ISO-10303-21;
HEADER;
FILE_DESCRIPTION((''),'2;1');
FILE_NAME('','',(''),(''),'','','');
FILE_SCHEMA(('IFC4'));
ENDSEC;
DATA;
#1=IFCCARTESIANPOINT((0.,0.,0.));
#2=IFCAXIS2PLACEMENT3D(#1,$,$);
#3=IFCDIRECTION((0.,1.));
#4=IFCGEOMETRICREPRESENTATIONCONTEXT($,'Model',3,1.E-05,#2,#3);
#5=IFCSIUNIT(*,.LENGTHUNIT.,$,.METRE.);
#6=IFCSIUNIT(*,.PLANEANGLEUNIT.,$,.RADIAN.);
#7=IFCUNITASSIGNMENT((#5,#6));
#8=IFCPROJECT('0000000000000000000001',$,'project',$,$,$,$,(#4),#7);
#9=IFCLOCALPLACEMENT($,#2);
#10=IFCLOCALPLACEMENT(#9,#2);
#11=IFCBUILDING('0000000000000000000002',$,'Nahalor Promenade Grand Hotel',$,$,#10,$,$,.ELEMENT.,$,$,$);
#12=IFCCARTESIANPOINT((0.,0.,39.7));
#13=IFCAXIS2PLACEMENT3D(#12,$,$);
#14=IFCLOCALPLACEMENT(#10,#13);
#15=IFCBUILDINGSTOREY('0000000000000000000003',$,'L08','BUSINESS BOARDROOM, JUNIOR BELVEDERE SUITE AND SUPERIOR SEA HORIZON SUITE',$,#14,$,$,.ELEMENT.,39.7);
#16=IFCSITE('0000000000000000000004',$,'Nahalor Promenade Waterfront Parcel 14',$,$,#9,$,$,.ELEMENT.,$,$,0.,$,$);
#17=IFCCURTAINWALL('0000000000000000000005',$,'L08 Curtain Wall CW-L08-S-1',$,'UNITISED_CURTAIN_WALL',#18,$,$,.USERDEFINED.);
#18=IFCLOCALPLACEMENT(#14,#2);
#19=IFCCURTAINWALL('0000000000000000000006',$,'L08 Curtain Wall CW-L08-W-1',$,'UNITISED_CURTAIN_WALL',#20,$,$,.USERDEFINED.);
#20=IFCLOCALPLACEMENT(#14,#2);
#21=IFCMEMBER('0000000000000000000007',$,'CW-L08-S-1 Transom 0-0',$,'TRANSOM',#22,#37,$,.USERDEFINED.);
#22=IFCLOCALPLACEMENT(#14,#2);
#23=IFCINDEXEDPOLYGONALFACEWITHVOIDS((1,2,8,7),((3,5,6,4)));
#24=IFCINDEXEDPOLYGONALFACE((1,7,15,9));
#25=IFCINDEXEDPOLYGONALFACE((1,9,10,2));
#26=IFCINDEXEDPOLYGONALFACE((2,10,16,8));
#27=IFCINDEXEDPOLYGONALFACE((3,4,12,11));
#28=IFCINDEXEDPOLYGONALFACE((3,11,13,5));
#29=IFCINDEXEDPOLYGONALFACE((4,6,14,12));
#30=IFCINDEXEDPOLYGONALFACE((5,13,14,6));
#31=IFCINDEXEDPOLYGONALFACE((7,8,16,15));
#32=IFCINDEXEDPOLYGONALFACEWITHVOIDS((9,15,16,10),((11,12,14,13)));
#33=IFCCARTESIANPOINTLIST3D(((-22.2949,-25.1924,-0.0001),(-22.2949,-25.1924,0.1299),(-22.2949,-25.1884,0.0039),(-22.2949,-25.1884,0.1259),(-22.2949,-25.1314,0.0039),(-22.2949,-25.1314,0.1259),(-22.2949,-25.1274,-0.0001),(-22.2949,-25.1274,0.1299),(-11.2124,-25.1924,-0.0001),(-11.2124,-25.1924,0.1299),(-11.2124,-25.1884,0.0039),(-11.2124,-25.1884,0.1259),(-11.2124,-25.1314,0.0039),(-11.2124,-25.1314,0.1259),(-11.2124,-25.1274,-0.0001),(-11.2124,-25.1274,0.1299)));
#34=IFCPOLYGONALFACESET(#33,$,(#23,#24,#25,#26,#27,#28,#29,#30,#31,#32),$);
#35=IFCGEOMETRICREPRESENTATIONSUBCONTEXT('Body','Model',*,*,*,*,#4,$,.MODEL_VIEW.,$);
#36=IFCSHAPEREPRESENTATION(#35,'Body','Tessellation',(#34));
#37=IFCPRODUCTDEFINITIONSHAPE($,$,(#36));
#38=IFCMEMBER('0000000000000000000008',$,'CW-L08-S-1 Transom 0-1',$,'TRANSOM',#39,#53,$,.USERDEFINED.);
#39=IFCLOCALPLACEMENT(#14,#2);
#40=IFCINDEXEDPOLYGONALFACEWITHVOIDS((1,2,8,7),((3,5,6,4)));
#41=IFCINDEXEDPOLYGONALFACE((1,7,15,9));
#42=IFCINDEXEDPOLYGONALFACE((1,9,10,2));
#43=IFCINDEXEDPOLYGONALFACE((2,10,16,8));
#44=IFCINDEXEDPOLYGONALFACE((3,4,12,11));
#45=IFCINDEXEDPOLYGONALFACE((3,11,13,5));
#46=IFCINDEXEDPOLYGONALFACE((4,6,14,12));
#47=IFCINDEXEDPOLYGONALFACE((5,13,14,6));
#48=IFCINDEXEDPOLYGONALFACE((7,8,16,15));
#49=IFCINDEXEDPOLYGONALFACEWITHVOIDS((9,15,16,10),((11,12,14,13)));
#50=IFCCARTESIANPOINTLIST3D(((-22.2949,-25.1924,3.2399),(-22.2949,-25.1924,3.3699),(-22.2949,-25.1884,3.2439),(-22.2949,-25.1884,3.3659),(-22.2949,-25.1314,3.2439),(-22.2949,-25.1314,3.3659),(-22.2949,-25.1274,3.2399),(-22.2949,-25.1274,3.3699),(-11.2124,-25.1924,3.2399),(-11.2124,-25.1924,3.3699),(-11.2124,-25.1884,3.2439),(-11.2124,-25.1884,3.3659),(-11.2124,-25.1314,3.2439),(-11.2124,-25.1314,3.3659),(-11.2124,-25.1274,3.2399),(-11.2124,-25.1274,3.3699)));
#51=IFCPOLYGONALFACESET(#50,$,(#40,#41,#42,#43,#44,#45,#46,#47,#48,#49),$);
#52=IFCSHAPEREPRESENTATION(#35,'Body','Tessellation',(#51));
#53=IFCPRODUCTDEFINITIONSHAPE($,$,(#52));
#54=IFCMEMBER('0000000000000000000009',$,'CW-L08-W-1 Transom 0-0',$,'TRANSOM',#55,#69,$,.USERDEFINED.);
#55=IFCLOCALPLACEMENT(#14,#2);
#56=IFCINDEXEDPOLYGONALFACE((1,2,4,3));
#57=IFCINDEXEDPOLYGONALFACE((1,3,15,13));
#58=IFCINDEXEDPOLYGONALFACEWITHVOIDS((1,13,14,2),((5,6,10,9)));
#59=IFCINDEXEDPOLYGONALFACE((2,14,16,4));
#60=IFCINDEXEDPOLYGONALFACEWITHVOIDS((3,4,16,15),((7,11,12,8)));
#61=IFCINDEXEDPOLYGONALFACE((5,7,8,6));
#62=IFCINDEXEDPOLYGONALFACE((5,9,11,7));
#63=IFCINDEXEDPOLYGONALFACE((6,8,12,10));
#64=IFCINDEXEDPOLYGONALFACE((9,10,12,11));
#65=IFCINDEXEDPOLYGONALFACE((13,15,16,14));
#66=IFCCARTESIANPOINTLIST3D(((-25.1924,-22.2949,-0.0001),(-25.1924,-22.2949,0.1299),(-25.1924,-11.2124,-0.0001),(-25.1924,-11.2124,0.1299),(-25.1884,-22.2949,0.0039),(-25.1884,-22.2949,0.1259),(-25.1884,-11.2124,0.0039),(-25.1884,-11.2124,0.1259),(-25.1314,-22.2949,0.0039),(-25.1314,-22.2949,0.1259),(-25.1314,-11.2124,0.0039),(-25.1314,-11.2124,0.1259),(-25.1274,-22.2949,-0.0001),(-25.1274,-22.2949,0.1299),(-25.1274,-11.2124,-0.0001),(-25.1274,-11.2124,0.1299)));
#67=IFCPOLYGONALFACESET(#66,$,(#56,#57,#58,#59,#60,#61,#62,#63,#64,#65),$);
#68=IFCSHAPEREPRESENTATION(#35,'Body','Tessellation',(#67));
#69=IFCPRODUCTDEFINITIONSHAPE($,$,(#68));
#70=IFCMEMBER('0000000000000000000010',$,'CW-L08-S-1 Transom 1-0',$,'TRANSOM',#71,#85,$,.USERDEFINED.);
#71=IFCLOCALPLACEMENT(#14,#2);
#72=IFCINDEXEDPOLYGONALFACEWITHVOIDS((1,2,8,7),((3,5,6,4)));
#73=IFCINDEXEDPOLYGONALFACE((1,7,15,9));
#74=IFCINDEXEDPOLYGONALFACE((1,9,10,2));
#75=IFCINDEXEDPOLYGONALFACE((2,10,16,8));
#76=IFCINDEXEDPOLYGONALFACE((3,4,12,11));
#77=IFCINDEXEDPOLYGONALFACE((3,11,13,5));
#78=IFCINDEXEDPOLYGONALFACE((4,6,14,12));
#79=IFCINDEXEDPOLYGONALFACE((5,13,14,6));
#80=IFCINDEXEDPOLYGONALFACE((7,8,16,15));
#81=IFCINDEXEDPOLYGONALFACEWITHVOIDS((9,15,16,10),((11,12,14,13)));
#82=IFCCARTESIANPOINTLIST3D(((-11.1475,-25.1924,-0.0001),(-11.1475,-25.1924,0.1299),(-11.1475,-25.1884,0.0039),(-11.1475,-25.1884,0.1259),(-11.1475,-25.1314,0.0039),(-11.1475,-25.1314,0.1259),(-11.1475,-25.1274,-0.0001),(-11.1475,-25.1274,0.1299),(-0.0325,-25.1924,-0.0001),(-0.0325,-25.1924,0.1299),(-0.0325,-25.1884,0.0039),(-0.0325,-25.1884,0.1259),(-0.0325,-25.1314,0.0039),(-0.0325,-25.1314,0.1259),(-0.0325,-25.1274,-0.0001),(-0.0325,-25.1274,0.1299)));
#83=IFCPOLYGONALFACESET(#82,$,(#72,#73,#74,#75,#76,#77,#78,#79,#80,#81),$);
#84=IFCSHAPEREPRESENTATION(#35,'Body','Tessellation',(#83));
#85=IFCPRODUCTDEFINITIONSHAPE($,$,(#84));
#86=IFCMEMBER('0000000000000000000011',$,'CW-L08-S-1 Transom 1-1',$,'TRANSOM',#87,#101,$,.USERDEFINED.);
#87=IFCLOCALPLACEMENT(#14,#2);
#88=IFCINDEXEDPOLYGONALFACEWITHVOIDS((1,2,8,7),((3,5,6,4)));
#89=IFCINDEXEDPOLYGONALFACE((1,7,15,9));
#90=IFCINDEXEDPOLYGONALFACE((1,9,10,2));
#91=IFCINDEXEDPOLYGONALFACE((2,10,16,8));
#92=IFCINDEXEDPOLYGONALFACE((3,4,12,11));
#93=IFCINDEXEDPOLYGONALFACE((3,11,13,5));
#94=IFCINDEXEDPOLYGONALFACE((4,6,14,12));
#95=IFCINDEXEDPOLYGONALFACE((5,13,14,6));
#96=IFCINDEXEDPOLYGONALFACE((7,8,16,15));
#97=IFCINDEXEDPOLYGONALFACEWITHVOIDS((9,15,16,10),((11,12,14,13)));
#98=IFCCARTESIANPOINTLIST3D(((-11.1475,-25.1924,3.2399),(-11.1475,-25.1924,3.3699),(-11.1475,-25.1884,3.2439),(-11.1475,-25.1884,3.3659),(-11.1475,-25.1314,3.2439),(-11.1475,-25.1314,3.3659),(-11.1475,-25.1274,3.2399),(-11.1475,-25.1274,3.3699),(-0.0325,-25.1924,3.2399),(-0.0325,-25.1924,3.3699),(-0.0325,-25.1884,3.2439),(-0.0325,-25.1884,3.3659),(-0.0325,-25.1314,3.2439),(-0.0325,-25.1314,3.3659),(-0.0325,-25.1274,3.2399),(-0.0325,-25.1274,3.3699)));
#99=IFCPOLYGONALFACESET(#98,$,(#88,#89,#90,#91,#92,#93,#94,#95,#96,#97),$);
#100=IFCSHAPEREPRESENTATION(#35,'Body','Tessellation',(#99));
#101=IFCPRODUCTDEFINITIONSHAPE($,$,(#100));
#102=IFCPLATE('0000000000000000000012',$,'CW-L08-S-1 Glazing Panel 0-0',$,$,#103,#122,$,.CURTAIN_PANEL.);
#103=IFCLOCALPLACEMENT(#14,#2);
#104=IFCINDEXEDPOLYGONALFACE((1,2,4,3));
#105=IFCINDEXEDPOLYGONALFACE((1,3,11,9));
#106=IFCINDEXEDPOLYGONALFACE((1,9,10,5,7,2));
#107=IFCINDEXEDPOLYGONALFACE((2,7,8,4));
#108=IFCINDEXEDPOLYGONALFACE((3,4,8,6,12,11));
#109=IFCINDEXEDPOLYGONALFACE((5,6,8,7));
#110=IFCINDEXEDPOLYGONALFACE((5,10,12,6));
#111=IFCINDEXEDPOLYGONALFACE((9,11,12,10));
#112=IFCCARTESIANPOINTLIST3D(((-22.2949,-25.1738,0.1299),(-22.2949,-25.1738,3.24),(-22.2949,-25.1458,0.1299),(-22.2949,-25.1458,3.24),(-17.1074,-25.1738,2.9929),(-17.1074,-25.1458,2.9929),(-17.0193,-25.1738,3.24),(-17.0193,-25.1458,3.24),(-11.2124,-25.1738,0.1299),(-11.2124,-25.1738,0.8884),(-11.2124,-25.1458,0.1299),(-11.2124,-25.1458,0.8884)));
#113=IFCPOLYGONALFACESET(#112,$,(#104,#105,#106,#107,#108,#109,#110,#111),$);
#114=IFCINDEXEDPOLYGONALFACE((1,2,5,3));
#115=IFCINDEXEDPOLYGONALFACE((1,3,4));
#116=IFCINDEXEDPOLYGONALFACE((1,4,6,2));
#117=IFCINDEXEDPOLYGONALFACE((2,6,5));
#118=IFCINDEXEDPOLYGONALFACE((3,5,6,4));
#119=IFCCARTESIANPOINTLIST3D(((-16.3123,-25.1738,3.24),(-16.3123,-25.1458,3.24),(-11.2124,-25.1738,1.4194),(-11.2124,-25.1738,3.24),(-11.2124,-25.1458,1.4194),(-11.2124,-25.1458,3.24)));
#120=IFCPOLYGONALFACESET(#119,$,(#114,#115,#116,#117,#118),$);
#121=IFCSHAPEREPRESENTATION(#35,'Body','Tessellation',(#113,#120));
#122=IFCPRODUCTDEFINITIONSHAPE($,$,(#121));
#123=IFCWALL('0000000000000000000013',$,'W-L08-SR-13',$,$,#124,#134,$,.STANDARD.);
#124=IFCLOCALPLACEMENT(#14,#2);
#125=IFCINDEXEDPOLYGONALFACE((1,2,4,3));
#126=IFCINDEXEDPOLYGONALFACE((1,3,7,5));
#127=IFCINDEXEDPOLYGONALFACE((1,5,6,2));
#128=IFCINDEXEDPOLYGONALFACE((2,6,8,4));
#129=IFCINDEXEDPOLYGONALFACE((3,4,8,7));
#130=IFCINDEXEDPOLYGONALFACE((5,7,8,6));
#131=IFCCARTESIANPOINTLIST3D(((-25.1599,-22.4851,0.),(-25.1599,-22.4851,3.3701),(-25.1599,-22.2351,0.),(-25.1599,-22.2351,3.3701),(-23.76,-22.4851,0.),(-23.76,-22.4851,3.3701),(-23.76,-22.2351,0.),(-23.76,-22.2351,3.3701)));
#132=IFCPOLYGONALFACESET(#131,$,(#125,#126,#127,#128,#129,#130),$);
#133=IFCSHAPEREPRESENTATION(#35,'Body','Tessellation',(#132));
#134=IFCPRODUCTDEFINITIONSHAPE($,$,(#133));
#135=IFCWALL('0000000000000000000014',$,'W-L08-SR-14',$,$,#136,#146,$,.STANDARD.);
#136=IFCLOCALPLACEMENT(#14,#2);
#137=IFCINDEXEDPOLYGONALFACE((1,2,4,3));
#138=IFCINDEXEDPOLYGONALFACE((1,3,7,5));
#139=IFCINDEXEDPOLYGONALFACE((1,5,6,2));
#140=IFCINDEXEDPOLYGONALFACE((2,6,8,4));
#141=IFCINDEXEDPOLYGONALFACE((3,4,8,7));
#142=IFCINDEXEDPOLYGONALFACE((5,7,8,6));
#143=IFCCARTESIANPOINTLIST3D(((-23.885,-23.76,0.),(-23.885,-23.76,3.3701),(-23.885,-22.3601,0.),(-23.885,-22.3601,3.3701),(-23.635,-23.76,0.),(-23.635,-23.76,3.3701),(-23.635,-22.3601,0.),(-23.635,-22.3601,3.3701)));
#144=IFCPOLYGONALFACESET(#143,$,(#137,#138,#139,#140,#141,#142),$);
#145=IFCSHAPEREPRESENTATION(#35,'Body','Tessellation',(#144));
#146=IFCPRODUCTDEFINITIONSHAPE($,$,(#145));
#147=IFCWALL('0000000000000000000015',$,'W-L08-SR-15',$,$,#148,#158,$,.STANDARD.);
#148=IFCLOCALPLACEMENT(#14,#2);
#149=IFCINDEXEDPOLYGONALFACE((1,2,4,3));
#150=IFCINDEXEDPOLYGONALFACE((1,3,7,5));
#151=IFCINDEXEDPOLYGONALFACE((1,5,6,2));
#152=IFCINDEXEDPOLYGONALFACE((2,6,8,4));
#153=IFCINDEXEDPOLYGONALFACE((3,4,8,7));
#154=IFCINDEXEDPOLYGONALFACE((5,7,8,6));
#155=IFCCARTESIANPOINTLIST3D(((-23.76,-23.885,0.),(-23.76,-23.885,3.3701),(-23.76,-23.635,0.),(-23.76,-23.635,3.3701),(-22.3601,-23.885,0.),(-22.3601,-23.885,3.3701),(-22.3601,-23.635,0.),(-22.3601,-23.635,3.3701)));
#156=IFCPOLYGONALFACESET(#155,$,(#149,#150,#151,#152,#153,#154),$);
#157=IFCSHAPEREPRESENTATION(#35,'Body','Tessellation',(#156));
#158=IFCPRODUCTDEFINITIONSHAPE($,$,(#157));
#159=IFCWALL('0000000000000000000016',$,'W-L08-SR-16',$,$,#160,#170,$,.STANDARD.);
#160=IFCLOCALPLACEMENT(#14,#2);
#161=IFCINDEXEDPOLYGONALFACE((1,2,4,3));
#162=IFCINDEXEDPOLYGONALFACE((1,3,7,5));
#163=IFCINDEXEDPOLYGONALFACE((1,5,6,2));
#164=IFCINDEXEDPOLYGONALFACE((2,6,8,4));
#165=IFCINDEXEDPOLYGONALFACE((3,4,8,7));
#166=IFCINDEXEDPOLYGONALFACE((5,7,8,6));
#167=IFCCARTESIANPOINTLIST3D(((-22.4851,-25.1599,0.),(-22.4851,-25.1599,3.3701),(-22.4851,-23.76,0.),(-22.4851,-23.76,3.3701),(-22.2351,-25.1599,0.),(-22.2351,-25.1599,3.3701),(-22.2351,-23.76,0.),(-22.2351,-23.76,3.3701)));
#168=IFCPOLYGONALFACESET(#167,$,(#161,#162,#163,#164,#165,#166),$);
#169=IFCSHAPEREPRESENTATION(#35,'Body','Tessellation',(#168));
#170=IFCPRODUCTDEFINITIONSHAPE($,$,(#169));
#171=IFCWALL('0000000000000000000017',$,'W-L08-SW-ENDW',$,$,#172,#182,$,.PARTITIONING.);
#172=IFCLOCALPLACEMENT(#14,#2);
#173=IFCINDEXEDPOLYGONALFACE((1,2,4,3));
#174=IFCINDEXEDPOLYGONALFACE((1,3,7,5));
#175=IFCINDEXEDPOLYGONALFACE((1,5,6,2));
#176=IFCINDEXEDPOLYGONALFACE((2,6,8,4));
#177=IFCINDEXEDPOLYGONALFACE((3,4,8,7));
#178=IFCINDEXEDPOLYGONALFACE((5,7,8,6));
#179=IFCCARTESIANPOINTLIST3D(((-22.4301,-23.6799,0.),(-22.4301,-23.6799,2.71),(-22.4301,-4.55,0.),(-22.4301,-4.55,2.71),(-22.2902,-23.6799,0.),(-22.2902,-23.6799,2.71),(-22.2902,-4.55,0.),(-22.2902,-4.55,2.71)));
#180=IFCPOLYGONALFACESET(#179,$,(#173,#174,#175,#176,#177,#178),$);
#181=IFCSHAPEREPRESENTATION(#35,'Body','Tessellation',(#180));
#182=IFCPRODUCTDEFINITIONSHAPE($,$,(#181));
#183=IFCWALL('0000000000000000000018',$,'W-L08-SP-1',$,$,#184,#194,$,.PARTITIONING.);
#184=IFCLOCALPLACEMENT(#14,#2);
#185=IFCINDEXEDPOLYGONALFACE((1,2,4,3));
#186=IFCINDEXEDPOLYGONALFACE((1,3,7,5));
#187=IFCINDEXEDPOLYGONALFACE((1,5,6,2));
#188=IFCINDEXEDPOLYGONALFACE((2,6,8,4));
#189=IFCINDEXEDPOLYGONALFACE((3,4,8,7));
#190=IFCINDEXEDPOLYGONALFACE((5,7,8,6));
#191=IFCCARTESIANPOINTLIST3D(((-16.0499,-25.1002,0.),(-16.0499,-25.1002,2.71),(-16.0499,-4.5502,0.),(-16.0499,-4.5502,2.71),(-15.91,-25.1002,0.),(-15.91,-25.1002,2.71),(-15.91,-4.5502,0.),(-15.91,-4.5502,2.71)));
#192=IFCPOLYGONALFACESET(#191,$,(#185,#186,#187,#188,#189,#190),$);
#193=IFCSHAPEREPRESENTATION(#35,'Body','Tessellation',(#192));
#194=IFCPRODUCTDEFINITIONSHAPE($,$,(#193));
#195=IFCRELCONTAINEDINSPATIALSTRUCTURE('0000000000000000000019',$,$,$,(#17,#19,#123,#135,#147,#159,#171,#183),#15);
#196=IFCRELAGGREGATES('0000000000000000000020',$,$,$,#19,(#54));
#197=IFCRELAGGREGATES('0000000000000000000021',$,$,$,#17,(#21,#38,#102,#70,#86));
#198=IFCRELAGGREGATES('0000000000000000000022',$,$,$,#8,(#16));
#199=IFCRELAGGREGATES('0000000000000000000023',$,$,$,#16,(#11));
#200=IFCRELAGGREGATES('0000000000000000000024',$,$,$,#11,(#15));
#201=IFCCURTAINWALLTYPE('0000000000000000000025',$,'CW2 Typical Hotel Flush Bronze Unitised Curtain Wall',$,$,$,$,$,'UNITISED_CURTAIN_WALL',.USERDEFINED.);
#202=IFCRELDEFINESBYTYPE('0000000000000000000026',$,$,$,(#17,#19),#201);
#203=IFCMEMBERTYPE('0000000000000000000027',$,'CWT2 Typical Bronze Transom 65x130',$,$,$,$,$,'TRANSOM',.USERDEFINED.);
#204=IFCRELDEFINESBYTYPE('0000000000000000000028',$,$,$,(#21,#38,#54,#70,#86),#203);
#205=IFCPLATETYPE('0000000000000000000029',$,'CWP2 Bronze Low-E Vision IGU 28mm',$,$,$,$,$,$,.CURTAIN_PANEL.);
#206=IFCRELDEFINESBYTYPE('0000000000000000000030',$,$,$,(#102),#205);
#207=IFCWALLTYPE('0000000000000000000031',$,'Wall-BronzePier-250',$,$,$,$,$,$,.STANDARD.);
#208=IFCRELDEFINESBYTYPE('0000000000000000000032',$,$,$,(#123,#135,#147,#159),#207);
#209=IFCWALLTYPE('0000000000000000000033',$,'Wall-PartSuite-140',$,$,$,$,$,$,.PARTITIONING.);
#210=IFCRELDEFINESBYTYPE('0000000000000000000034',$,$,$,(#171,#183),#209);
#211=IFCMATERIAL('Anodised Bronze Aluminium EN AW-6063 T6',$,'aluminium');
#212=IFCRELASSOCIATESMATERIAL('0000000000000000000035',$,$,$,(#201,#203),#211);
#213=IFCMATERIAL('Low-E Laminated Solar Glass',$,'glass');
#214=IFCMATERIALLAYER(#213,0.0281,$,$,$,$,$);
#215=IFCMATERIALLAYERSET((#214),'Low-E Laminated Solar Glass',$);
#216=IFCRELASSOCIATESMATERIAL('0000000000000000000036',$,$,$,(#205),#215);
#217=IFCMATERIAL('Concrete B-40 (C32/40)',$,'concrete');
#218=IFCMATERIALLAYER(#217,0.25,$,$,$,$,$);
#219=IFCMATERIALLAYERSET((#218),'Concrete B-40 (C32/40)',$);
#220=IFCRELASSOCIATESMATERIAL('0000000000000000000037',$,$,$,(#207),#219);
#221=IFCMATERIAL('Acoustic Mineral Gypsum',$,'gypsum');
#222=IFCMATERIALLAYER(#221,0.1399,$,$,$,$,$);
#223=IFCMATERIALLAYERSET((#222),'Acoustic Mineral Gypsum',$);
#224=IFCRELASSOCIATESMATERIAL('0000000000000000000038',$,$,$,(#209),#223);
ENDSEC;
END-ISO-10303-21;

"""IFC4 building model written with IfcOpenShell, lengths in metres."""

from ifc_helpers import new_model, si_unit, direction, frame, frame_2d, origin, origin_2d, place, context, subcontext, project, spatial, polyline, rectangle, hollow_rectangle, outline, extrude, source, transform, mapped, material, layer, layer_set, material_profile, profile_set, type_object, element, aggregate, save


model = new_model("IFC4")

# Units and contexts
model_context = context("Model", 3, precision=1e-05, world=origin(), true_north=direction((0.0, 1.0)))
body_context = subcontext(model_context, "Body", "Model", "MODEL_VIEW")
ifc_project = project(units=[si_unit("LENGTHUNIT", "METRE"), si_unit("PLANEANGLEUNIT", "RADIAN")], contexts=[model_context])

# Site, building, storey
site_placement = place(None, origin())
site = spatial("IfcSite", under=ifc_project, at=site_placement, Name="Nahalor Promenade Waterfront Parcel 14", CompositionType="ELEMENT", RefElevation=0.0)
building_placement = place(site_placement, origin())
building = spatial("IfcBuilding", under=site, at=building_placement, Name="Nahalor Promenade Grand Hotel", CompositionType="ELEMENT")
storey_placement = place(building_placement, frame((0.0, 0.0, 39.7)))
storey = spatial("IfcBuildingStorey", under=building, at=storey_placement, Name="L08", Description="BUSINESS BOARDROOM, JUNIOR BELVEDERE SUITE AND SUPERIOR SEA HORIZON SUITE", CompositionType="ELEMENT", Elevation=39.7)

# Curtain wall
ifc_material_1 = material(Name="Anodised Bronze Aluminium EN AW-6063 T6", Category="aluminium")
curtain_wall_type = type_object("IfcCurtainWallType", Name="CW2 Typical Hotel Flush Bronze Unitised Curtain Wall", ElementType="UNITISED_CURTAIN_WALL", PredefinedType="USERDEFINED", material=ifc_material_1)
curtain_wall_1_placement = place(storey_placement, origin())
curtain_wall_1 = element("IfcCurtainWall", 1, at=curtain_wall_1_placement, inside=storey, type_object=curtain_wall_type, Name="L08 Curtain Wall CW-L08-S-1", ObjectType="UNITISED_CURTAIN_WALL", PredefinedType="USERDEFINED")

# Curtain wall
curtain_wall_2_placement = place(storey_placement, origin())
curtain_wall_2 = element("IfcCurtainWall", 2, at=curtain_wall_2_placement, inside=storey, type_object=curtain_wall_type, Name="L08 Curtain Wall CW-L08-W-1", ObjectType="UNITISED_CURTAIN_WALL", PredefinedType="USERDEFINED")

# Members
ifc_material_profile_1 = material_profile(ifc_material_1, hollow_rectangle(XDim=0.065, YDim=0.13, WallThickness=0.004, at=origin_2d()), Name="CWT 65x130x4")
ifc_profile_set_1 = profile_set([ifc_material_profile_1], Name="Anodised Bronze Aluminium EN AW-6063 T6")
member_type_1 = type_object("IfcMemberType", Name="CWT2 Typical Bronze Transom 65x130", ElementType="TRANSOM", PredefinedType="USERDEFINED", material=ifc_profile_set_1)
shared_shape_1 = source(origin(), body_context, "Body", "SweptSolid", [
    extrude(hollow_rectangle(XDim=0.065, YDim=0.13, WallThickness=0.004, at=origin_2d()), origin(), (0.0, 0.0, 1.0), 11.0825),
])
member_1_placement = place(storey_placement, frame((-22.2949, -25.1599, 0.0649), z_axis=(1.0, 0.0, 0.0), x_axis=(0.0, 1.0, 0.0)))
member_1 = element("IfcMember", 3, at=member_1_placement, type_object=member_type_1, Name="CW-L08-S-1 Transom 0-0", ObjectType="TRANSOM", PredefinedType="USERDEFINED", context=body_context, shape_type="MappedRepresentation", body=[
    mapped(shared_shape_1, transform((0.0, 0.0, 0.0), scale=1.0)),
])
member_2_placement = place(storey_placement, frame((-22.2949, -25.1599, 3.3049), z_axis=(1.0, 0.0, 0.0), x_axis=(0.0, 1.0, 0.0)))
member_2 = element("IfcMember", 4, at=member_2_placement, type_object=member_type_1, Name="CW-L08-S-1 Transom 0-1", ObjectType="TRANSOM", PredefinedType="USERDEFINED", context=body_context, shape_type="MappedRepresentation", body=[
    mapped(shared_shape_1, transform((0.0, 0.0, 0.0), scale=1.0)),
])
member_3_placement = place(storey_placement, frame((-25.1599, -22.2949, 0.0649), z_axis=(0.0, 1.0, 0.0), x_axis=(-1.0, 0.0, 0.0)))
member_3 = element("IfcMember", 5, at=member_3_placement, type_object=member_type_1, Name="CW-L08-W-1 Transom 0-0", ObjectType="TRANSOM", PredefinedType="USERDEFINED", context=body_context, shape_type="MappedRepresentation", body=[
    mapped(shared_shape_1, transform((0.0, 0.0, 0.0), scale=1.0)),
])
aggregate(curtain_wall_2, [member_3])
shared_shape_2 = source(origin(), body_context, "Body", "SweptSolid", [
    extrude(hollow_rectangle(XDim=0.065, YDim=0.13, WallThickness=0.004, at=origin_2d()), origin(), (0.0, 0.0, 1.0), 11.115),
])
member_4_placement = place(storey_placement, frame((-11.1475, -25.1599, 0.0649), z_axis=(1.0, 0.0, 0.0), x_axis=(0.0, 1.0, 0.0)))
member_4 = element("IfcMember", 6, at=member_4_placement, type_object=member_type_1, Name="CW-L08-S-1 Transom 1-0", ObjectType="TRANSOM", PredefinedType="USERDEFINED", context=body_context, shape_type="MappedRepresentation", body=[
    mapped(shared_shape_2, transform((0.0, 0.0, 0.0), scale=1.0)),
])
member_5_placement = place(storey_placement, frame((-11.1475, -25.1599, 3.3049), z_axis=(1.0, 0.0, 0.0), x_axis=(0.0, 1.0, 0.0)))
member_5 = element("IfcMember", 7, at=member_5_placement, type_object=member_type_1, Name="CW-L08-S-1 Transom 1-1", ObjectType="TRANSOM", PredefinedType="USERDEFINED", context=body_context, shape_type="MappedRepresentation", body=[
    mapped(shared_shape_2, transform((0.0, 0.0, 0.0), scale=1.0)),
])

# Plate
ifc_material_2 = material(Name="Low-E Laminated Solar Glass", Category="glass")
ifc_layer_1 = layer(ifc_material_2, 0.0281)
ifc_layer_set_1 = layer_set([ifc_layer_1], Name="Low-E Laminated Solar Glass")
plate_type = type_object("IfcPlateType", Name="CWP2 Bronze Low-E Vision IGU 28mm", PredefinedType="CURTAIN_PANEL", material=ifc_layer_set_1)
plate_placement = place(storey_placement, frame((-16.7537, -25.1599, 0.1299), z_axis=(0.0, 0.0, 1.0), x_axis=(1.0, 0.0, 0.0)))
plate = element("IfcPlate", 8, at=plate_placement, type_object=plate_type, Name="CW-L08-S-1 Glazing Panel 0-0", PredefinedType="CURTAIN_PANEL", context=body_context, shape_type="SweptSolid", body=[
    extrude(outline(polyline([(-5.5413, 0.0), (5.5413, 0.0), (5.5413, 0.7585), (-0.3538, 2.863), (-0.2656, 3.1101), (-5.5413, 3.1101), (-5.5413, 0.0)])), frame((0.0, 0.0142, 0.0), z_axis=(0.0, -1.0, 0.0), x_axis=(1.0, 0.0, 0.0)), (0.0, 0.0, 1.0), 0.0281),
    extrude(outline(polyline([(5.5413, 1.2896), (5.5413, 3.1101), (0.4414, 3.1101), (5.5413, 1.2896)])), frame((0.0, 0.0142, 0.0), z_axis=(0.0, -1.0, 0.0), x_axis=(1.0, 0.0, 0.0)), (0.0, 0.0, 1.0), 0.0281),
])
aggregate(curtain_wall_1, [member_1, member_2, plate, member_4, member_5])

# Walls
ifc_material_3 = material(Name="Concrete B-40 (C32/40)", Category="concrete")
ifc_layer_2 = layer(ifc_material_3, 0.25)
ifc_layer_set_2 = layer_set([ifc_layer_2], Name="Concrete B-40 (C32/40)")
wall_type_1 = type_object("IfcWallType", Name="Wall-BronzePier-250", PredefinedType="STANDARD", material=ifc_layer_set_2)
shared_shape_3 = source(origin(), body_context, "Body", "SweptSolid", [
    extrude(rectangle(XDim=1.3999, YDim=0.25, at=frame_2d((0.7, 0.0))), origin(), (0.0, 0.0, 1.0), 3.3701),
])
for number, where, z_axis, x_axis, name in (
    (9, (-25.1599, -22.3601, 0.0), (0.0, 0.0, 1.0), (1.0, 0.0, 0.0), "W-L08-SR-13"),
    (10, (-23.76, -23.76, 0.0), (0.0, 0.0, 1.0), (0.0, 1.0, 0.0), "W-L08-SR-14"),
    (11, (-23.76, -23.76, 0.0), (0.0, 0.0, 1.0), (1.0, 0.0, 0.0), "W-L08-SR-15"),
    (12, (-22.3601, -25.1599, 0.0), (0.0, 0.0, 1.0), (0.0, 1.0, 0.0), "W-L08-SR-16"),
):
    element("IfcWall", number, at=place(storey_placement, frame(where, z_axis=z_axis, x_axis=x_axis)), inside=storey, type_object=wall_type_1, Name=name, PredefinedType="STANDARD", context=body_context, shape_type="MappedRepresentation", body=[
        mapped(shared_shape_3, transform((0.0, 0.0, 0.0), scale=1.0)),
    ])
ifc_material_4 = material(Name="Acoustic Mineral Gypsum", Category="gypsum")
ifc_layer_3 = layer(ifc_material_4, 0.1399)
ifc_layer_set_3 = layer_set([ifc_layer_3], Name="Acoustic Mineral Gypsum")
wall_type_2 = type_object("IfcWallType", Name="Wall-PartSuite-140", PredefinedType="PARTITIONING", material=ifc_layer_set_3)
shared_shape_4 = source(origin(), body_context, "Body", "SweptSolid", [
    extrude(rectangle(XDim=19.1299, YDim=0.1399, at=frame_2d((9.5649, 0.0))), origin(), (0.0, 0.0, 1.0), 2.71),
])
wall_1_placement = place(storey_placement, frame((-22.3601, -23.6799, 0.0), z_axis=(0.0, 0.0, 1.0), x_axis=(0.0, 1.0, 0.0)))
element("IfcWall", 13, at=wall_1_placement, inside=storey, type_object=wall_type_2, Name="W-L08-SW-ENDW", PredefinedType="PARTITIONING", context=body_context, shape_type="MappedRepresentation", body=[
    mapped(shared_shape_4, transform((0.0, 0.0, 0.0), scale=1.0)),
])
shared_shape_5 = source(origin(), body_context, "Body", "SweptSolid", [
    extrude(rectangle(XDim=20.55, YDim=0.1399, at=frame_2d((10.2749, 0.0))), origin(), (0.0, 0.0, 1.0), 2.71),
])
wall_2_placement = place(storey_placement, frame((-15.98, -25.1001, 0.0), z_axis=(0.0, 0.0, 1.0), x_axis=(0.0, 1.0, 0.0)))
element("IfcWall", 14, at=wall_2_placement, inside=storey, type_object=wall_type_2, Name="W-L08-SP-1", PredefinedType="PARTITIONING", context=body_context, shape_type="MappedRepresentation", body=[
    mapped(shared_shape_5, transform((0.0, 0.0, 0.0), scale=1.0)),
])

save(model, "model.ifc")
